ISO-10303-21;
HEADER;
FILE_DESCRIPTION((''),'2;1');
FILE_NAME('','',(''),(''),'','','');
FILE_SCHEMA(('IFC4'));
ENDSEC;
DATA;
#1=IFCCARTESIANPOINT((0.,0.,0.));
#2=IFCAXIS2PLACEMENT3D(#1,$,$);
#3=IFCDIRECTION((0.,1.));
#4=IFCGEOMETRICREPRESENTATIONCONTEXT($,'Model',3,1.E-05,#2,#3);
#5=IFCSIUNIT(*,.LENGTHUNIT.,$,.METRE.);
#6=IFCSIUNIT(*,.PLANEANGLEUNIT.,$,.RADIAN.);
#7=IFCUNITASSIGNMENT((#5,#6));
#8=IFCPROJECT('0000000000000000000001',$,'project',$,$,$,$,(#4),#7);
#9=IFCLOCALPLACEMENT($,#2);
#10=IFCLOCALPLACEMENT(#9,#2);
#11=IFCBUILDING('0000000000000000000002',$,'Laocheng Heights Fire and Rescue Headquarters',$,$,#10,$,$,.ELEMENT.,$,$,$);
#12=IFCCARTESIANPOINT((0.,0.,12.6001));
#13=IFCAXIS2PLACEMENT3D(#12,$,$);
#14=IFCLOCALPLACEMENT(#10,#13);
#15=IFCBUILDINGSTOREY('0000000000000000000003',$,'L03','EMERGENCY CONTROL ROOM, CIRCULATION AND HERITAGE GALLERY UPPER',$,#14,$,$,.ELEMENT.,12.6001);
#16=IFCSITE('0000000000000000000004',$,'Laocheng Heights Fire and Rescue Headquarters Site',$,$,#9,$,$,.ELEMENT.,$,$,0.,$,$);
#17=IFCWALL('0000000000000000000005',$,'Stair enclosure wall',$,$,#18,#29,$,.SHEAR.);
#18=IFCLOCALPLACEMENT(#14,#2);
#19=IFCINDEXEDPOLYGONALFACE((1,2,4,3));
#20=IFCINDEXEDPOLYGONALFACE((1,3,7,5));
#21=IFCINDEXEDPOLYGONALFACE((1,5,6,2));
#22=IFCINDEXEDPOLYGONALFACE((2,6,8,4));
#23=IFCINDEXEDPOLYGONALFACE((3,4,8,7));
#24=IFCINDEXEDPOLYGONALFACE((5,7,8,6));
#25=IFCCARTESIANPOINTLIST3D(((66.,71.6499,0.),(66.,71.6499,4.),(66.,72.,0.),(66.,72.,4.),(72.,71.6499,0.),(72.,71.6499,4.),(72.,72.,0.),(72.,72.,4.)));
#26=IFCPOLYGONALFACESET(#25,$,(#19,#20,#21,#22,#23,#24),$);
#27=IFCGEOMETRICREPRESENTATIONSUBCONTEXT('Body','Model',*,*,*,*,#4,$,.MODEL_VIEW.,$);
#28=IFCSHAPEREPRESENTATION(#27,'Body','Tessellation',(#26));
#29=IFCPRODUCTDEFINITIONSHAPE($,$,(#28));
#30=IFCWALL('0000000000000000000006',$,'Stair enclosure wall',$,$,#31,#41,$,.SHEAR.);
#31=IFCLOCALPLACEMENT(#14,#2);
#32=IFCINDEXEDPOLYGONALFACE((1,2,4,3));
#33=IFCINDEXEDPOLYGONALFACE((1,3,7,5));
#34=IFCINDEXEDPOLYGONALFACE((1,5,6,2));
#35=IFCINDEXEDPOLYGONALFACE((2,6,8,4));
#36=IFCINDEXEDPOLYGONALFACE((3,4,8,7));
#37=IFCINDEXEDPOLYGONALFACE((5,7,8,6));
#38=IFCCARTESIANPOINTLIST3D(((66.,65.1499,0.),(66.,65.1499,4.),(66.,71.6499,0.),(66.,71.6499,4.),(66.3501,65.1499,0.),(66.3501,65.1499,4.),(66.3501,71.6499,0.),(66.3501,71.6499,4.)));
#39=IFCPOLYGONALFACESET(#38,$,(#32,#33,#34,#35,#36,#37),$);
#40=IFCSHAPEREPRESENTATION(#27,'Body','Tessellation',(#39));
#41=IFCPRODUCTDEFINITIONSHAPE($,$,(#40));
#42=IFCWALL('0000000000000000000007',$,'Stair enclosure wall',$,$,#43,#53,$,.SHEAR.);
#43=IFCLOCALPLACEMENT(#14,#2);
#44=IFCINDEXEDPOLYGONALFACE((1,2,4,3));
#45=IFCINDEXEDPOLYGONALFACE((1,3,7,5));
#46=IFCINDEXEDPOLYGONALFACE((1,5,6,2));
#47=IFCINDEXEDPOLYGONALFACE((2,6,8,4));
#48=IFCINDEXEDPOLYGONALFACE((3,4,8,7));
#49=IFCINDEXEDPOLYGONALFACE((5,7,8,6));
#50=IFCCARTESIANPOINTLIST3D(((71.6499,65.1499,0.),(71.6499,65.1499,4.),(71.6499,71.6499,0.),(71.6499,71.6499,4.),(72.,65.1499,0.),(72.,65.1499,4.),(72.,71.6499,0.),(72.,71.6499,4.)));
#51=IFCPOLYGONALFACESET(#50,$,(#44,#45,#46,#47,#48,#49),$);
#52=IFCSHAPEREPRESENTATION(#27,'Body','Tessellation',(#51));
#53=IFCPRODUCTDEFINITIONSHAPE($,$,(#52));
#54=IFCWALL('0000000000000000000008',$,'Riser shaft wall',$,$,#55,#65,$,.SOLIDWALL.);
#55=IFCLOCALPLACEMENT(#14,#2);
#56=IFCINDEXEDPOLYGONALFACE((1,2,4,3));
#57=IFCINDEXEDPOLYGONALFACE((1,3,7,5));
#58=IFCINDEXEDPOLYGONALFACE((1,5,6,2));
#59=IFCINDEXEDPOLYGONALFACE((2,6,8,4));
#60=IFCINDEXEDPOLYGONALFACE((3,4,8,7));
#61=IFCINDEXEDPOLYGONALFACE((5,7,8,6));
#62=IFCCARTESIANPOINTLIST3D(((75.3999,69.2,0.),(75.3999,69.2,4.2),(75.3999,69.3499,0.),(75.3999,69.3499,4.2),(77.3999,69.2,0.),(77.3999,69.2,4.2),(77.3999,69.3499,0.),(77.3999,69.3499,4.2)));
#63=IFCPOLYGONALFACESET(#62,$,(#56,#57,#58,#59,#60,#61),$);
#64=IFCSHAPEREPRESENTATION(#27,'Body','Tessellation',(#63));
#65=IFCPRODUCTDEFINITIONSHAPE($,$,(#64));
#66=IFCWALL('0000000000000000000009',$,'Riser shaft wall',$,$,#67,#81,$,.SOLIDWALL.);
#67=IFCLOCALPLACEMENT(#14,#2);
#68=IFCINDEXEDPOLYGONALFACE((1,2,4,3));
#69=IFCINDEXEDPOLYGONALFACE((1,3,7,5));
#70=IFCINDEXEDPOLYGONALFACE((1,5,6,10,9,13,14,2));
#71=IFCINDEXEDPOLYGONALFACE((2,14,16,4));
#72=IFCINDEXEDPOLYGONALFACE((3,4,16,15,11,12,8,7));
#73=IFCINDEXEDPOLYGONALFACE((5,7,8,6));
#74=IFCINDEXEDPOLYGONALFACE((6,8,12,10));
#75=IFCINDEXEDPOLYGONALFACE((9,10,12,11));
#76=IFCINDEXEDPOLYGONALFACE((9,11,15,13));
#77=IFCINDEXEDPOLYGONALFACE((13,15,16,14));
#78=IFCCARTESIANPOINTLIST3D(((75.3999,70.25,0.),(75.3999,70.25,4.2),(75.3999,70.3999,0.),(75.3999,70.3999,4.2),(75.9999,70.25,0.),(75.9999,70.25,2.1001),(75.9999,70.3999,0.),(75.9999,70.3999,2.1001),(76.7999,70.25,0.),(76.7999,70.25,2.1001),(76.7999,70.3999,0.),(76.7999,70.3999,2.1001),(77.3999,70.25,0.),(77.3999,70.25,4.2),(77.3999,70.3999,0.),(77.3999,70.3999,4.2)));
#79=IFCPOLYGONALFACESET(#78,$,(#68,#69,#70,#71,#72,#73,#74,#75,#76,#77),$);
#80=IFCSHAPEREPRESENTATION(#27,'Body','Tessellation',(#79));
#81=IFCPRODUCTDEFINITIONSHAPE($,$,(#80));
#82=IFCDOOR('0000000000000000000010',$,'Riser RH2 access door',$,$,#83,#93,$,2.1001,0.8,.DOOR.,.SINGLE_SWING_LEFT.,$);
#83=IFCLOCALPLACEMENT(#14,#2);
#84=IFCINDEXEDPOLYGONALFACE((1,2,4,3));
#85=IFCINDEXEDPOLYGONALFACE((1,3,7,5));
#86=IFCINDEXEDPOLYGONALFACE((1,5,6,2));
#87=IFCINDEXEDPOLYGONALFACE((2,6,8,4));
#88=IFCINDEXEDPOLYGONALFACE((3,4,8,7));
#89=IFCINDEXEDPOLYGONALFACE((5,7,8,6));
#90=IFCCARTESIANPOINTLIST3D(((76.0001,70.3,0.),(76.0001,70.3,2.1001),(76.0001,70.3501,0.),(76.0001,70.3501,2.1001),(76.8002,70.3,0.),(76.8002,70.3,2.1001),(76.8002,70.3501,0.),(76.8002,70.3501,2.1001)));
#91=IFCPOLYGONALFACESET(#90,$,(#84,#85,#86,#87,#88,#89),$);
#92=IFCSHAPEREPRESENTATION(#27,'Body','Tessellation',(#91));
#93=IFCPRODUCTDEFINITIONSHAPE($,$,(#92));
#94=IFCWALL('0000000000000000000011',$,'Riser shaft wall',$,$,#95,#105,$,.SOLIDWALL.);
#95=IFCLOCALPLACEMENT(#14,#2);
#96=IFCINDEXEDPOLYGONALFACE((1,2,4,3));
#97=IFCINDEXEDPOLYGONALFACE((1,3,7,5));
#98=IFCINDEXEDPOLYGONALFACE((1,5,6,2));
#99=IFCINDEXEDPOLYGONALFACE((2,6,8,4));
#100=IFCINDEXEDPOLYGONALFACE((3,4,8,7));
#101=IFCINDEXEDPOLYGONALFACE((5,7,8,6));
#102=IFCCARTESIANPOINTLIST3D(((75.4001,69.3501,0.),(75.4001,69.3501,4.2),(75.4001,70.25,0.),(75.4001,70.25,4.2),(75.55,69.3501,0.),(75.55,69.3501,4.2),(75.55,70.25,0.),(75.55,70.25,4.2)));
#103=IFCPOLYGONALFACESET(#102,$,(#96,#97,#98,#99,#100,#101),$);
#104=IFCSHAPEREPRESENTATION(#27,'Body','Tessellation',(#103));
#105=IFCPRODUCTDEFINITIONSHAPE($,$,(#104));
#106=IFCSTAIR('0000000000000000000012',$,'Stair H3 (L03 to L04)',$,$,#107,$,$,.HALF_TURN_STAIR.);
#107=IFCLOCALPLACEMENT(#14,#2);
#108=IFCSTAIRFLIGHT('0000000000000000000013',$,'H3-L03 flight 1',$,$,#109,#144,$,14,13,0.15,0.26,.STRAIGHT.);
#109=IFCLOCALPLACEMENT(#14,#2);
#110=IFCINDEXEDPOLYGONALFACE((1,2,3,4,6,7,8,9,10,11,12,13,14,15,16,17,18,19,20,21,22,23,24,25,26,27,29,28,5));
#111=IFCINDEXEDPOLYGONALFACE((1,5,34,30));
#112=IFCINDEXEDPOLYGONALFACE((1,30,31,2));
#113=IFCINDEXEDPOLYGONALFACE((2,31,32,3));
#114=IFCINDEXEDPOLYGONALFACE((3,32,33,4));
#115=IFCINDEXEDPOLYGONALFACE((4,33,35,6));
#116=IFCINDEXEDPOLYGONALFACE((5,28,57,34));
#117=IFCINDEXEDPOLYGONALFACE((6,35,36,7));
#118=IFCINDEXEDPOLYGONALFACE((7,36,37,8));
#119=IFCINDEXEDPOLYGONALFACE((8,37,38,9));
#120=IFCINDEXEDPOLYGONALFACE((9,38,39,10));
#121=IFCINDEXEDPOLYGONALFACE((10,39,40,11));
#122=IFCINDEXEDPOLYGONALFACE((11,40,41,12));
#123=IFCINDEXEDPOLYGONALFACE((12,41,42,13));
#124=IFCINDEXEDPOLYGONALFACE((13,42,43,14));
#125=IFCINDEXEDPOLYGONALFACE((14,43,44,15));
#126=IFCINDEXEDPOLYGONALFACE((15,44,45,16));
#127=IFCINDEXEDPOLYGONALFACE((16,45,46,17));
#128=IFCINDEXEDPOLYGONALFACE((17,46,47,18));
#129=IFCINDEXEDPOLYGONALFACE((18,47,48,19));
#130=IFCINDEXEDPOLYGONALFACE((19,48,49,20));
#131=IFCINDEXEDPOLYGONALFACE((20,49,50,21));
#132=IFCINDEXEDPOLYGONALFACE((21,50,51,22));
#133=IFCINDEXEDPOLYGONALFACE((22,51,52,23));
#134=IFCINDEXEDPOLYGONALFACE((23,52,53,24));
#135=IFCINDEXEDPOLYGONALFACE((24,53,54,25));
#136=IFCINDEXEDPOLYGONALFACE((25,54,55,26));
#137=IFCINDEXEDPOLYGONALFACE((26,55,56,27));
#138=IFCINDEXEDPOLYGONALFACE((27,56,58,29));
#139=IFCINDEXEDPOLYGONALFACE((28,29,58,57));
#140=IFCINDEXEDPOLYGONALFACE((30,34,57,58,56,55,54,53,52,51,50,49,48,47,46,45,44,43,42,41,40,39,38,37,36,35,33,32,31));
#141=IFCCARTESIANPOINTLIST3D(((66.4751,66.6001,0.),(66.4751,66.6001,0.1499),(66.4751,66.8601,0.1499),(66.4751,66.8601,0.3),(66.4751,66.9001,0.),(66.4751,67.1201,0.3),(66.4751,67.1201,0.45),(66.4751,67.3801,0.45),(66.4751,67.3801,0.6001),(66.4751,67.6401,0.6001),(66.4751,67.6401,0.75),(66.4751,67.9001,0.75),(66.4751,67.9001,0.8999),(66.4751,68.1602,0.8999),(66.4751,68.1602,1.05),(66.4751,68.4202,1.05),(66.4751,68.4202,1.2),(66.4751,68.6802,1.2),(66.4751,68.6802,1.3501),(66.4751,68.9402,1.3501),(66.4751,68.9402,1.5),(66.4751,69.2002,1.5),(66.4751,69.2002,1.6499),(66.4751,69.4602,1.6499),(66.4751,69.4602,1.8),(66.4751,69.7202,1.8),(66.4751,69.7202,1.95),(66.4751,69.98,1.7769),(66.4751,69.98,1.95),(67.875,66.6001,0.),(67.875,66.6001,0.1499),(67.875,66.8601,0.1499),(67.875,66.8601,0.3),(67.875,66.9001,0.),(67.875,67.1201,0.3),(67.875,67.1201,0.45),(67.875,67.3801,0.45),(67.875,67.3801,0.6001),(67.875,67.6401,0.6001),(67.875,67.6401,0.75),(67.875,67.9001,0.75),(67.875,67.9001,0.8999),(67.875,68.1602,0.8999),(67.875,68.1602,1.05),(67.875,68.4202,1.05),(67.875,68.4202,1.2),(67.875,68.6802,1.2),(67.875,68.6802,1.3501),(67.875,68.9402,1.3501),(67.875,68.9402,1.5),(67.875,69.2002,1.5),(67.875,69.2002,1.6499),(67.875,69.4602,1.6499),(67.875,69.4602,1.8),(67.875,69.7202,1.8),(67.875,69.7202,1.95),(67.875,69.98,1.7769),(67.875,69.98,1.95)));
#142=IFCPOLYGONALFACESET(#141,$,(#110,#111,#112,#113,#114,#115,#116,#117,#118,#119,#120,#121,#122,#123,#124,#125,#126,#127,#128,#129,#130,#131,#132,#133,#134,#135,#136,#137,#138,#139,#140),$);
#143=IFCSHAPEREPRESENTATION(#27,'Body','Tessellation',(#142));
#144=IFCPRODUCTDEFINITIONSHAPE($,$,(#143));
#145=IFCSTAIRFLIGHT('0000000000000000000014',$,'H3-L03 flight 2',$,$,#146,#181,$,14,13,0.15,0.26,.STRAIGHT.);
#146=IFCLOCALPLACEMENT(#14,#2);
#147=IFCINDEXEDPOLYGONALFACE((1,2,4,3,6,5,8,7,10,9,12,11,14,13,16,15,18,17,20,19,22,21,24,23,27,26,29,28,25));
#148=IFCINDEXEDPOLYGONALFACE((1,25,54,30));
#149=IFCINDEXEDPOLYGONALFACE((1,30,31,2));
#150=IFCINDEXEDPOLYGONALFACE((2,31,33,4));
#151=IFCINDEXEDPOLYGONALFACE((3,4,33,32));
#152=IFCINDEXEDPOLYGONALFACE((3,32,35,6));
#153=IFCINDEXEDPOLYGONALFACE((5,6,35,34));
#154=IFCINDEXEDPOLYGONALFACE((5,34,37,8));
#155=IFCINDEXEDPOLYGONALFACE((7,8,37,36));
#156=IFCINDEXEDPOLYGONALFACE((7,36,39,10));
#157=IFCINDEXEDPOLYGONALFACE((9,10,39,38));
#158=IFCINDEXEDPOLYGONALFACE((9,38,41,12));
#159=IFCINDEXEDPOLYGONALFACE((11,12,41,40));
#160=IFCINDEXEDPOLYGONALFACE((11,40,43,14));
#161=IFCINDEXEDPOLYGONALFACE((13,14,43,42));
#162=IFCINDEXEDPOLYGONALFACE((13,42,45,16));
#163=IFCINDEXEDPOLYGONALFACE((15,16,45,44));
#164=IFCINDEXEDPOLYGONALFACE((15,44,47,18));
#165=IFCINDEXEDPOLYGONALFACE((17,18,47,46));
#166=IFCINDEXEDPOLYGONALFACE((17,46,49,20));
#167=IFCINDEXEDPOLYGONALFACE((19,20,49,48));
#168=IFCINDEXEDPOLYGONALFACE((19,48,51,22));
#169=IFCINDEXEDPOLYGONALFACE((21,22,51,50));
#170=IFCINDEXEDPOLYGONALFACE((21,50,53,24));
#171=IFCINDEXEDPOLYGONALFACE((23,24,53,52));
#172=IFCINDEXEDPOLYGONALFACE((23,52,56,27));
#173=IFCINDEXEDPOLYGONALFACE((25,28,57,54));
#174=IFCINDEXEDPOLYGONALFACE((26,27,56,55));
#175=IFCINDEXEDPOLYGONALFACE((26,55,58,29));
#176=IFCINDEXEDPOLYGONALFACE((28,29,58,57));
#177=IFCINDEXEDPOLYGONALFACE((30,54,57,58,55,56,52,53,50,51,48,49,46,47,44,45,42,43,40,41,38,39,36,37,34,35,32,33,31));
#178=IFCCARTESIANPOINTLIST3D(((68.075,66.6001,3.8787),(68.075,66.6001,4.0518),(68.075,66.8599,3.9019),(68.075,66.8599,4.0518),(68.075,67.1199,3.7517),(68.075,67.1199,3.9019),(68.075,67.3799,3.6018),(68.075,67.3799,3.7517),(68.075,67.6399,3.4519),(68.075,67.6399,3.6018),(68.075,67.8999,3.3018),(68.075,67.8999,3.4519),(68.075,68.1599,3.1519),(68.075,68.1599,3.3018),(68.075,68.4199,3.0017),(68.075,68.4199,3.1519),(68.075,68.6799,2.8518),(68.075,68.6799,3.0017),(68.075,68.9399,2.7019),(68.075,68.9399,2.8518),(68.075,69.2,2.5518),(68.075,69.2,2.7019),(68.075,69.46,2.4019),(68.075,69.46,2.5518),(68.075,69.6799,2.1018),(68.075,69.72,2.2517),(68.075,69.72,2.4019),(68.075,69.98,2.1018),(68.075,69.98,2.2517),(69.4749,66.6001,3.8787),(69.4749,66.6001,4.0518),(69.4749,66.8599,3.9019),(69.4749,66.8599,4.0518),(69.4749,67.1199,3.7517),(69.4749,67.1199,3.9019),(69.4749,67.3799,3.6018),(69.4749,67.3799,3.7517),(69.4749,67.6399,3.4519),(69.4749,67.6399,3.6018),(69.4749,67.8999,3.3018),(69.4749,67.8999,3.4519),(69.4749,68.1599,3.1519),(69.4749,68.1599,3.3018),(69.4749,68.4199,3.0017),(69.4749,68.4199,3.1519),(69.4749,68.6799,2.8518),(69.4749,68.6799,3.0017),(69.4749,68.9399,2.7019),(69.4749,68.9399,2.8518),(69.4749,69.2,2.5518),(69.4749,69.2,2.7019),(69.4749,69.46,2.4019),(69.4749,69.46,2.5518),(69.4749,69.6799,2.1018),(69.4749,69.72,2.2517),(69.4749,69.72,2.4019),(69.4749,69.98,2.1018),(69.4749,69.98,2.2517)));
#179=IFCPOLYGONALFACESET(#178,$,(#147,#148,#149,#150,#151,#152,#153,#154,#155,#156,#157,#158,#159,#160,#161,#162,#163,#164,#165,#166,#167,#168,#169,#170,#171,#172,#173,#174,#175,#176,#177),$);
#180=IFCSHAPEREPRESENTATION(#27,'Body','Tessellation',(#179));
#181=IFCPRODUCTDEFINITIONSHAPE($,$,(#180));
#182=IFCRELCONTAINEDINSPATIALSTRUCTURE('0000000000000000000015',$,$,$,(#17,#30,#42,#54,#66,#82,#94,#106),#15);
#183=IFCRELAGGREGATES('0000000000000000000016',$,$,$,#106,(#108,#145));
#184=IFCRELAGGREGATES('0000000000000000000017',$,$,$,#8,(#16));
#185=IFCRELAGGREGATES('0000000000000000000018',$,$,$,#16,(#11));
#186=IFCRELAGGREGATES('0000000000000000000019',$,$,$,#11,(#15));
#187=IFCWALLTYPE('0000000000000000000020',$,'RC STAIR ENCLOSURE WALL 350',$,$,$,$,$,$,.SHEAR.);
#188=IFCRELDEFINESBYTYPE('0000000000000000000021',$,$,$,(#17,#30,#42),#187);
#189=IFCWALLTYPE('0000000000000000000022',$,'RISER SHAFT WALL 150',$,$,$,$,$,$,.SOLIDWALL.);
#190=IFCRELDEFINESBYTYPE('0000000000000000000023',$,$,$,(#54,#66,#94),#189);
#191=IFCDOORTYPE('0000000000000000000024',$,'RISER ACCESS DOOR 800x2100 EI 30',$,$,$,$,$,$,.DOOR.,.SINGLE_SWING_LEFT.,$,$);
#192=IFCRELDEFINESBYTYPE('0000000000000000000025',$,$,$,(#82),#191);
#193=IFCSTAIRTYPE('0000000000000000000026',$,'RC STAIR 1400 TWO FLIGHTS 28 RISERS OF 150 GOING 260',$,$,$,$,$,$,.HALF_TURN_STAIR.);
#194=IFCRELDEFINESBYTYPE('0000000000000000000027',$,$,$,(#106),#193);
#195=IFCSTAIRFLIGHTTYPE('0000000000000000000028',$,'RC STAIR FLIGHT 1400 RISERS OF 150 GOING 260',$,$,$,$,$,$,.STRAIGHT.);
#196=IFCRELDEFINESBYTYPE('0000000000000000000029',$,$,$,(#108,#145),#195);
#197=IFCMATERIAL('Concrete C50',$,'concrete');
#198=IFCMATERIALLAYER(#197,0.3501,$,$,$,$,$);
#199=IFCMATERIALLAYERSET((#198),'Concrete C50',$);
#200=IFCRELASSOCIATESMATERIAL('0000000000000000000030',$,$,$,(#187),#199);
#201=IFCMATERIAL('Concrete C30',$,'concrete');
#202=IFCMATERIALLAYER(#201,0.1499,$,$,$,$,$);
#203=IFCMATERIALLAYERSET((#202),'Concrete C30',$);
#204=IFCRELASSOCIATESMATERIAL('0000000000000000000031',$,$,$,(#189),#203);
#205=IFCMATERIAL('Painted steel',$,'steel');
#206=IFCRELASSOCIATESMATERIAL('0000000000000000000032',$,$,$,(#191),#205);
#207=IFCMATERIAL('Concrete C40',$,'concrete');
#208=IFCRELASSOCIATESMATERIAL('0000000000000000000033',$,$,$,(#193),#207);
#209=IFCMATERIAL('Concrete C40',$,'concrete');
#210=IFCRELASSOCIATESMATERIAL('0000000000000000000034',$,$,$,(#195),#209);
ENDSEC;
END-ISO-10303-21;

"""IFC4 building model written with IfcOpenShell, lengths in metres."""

from ifc_helpers import new_model, si_unit, direction, frame, frame_2d, origin, place, context, subcontext, project, spatial, polyline, rectangle, outline, extrude, material, layer, layer_set, type_object, element, fill, aggregate, save


model = new_model("IFC4")

# Units and contexts
model_context = context("Model", 3, precision=1e-05, world=origin(), true_north=direction((0.0, 1.0)))
body_context = subcontext(model_context, "Body", "Model", "MODEL_VIEW")
ifc_project = project(units=[si_unit("LENGTHUNIT", "METRE"), si_unit("PLANEANGLEUNIT", "RADIAN")], contexts=[model_context])

# Site, building, storey
site_placement = place(None, origin())
site = spatial("IfcSite", under=ifc_project, at=site_placement, Name="Laocheng Heights Fire and Rescue Headquarters Site", CompositionType="ELEMENT", RefElevation=0.0)
building_placement = place(site_placement, origin())
building = spatial("IfcBuilding", under=site, at=building_placement, Name="Laocheng Heights Fire and Rescue Headquarters", CompositionType="ELEMENT")
storey_placement = place(building_placement, frame((0.0, 0.0, 12.6001)))
storey = spatial("IfcBuildingStorey", under=building, at=storey_placement, Name="L03", Description="EMERGENCY CONTROL ROOM, CIRCULATION AND HERITAGE GALLERY UPPER", CompositionType="ELEMENT", Elevation=12.6001)

# Walls
ifc_material_1 = material(Name="Concrete C50", Category="concrete")
ifc_layer_1 = layer(ifc_material_1, 0.3501)
ifc_layer_set_1 = layer_set([ifc_layer_1], Name="Concrete C50")
wall_type_1 = type_object("IfcWallType", Name="RC STAIR ENCLOSURE WALL 350", PredefinedType="SHEAR", material=ifc_layer_set_1)
wall_1_placement = place(storey_placement, frame((66.0, 71.825, 0.0), z_axis=(0.0, 0.0, 1.0), x_axis=(1.0, 0.0, 0.0)))
element("IfcWall", 1, at=wall_1_placement, inside=storey, type_object=wall_type_1, Name="Stair enclosure wall", PredefinedType="SHEAR", context=body_context, shape_type="SweptSolid", body=[
    extrude(rectangle(XDim=6.0, YDim=0.3501, at=frame_2d((3.0, 0.0))), origin(), (0.0, 0.0, 1.0), 4.0),
])
for number, where, z_axis, x_axis, name in (
    (2, (66.175, 65.1499, 0.0), (0.0, 0.0, 1.0), (0.0, 1.0, 0.0), "Stair enclosure wall"),
    (3, (71.825, 65.1499, 0.0), (0.0, 0.0, 1.0), (0.0, 1.0, 0.0), "Stair enclosure wall"),
):
    element("IfcWall", number, at=place(storey_placement, frame(where, z_axis=z_axis, x_axis=x_axis)), inside=storey, type_object=wall_type_1, Name=name, PredefinedType="SHEAR", context=body_context, shape_type="SweptSolid", body=[
        extrude(rectangle(XDim=6.5, YDim=0.3501, at=frame_2d((3.25, 0.0))), origin(), (0.0, 0.0, 1.0), 4.0),
    ])
ifc_material_2 = material(Name="Concrete C30", Category="concrete")
ifc_layer_2 = layer(ifc_material_2, 0.1499)
ifc_layer_set_2 = layer_set([ifc_layer_2], Name="Concrete C30")
wall_type_2 = type_object("IfcWallType", Name="RISER SHAFT WALL 150", PredefinedType="SOLIDWALL", material=ifc_layer_set_2)
wall_2_placement = place(storey_placement, frame((75.3999, 69.2749, 0.0), z_axis=(0.0, 0.0, 1.0), x_axis=(1.0, 0.0, 0.0)))
element("IfcWall", 4, at=wall_2_placement, inside=storey, type_object=wall_type_2, Name="Riser shaft wall", PredefinedType="SOLIDWALL", context=body_context, shape_type="SweptSolid", body=[
    extrude(rectangle(XDim=2.0, YDim=0.1499, at=frame_2d((1.0, 0.0))), origin(), (0.0, 0.0, 1.0), 4.2),
])

# Wall, opening, door
wall_3_placement = place(storey_placement, frame((75.3999, 70.325, 0.0), z_axis=(0.0, 0.0, 1.0), x_axis=(1.0, 0.0, 0.0)))
wall_3 = element("IfcWall", 5, at=wall_3_placement, inside=storey, type_object=wall_type_2, Name="Riser shaft wall", PredefinedType="SOLIDWALL", context=body_context, shape_type="SweptSolid", body=[
    extrude(rectangle(XDim=2.0, YDim=0.1499, at=frame_2d((1.0, 0.0))), origin(), (0.0, 0.0, 1.0), 4.2),
])
opening_placement = place(wall_3_placement, frame((0.6001, 0.0, 0.0)))
opening = element("IfcOpeningElement", 6, at=opening_placement, cuts=wall_3, PredefinedType="OPENING", context=body_context, shape_type="SweptSolid", body=[
    extrude(rectangle(XDim=0.8, YDim=2.1001, at=frame_2d((0.3999, 1.05))), frame((0.0, 0.085, 0.0), z_axis=(0.0, -1.0, 0.0), x_axis=(1.0, 0.0, 0.0)), (0.0, 0.0, 1.0), 0.1699),
])
ifc_material_3 = material(Name="Painted steel", Category="steel")
door_type = type_object("IfcDoorType", Name="RISER ACCESS DOOR 800x2100 EI 30", OperationType="SINGLE_SWING_LEFT", PredefinedType="DOOR", material=ifc_material_3)
door_placement = place(opening_placement, frame((0.8, 0.0, 0.0), z_axis=(0.0, 0.0, 1.0), x_axis=(-1.0, 0.0, 0.0)))
door = element("IfcDoor", 7, at=door_placement, inside=storey, type_object=door_type, Name="Riser RH2 access door", OperationType="SINGLE_SWING_LEFT", OverallHeight=2.1001, OverallWidth=0.8, PredefinedType="DOOR", context=body_context, shape_type="SweptSolid", body=[
    extrude(rectangle(XDim=0.8, YDim=2.1001, at=frame_2d((0.3999, 1.05))), frame((0.0, 0.0249, 0.0), z_axis=(0.0, -1.0, 0.0), x_axis=(1.0, 0.0, 0.0)), (0.0, 0.0, 1.0), 0.05),
])
fill(opening, door)

# Wall
wall_4_placement = place(storey_placement, frame((75.4751, 69.3501, 0.0), z_axis=(0.0, 0.0, 1.0), x_axis=(0.0, 1.0, 0.0)))
element("IfcWall", 8, at=wall_4_placement, inside=storey, type_object=wall_type_2, Name="Riser shaft wall", PredefinedType="SOLIDWALL", context=body_context, shape_type="SweptSolid", body=[
    extrude(rectangle(XDim=0.8999, YDim=0.1499, at=frame_2d((0.45, 0.0))), origin(), (0.0, 0.0, 1.0), 4.2),
])

# Stair, stair flights
ifc_material_4 = material(Name="Concrete C40", Category="concrete")
stair_type = type_object("IfcStairType", Name="RC STAIR 1400 TWO FLIGHTS 28 RISERS OF 150 GOING 260", PredefinedType="HALF_TURN_STAIR", material=ifc_material_4)
stair_placement = place(storey_placement, origin())
stair = element("IfcStair", 9, at=stair_placement, inside=storey, type_object=stair_type, Name="Stair H3 (L03 to L04)", PredefinedType="HALF_TURN_STAIR")
ifc_material_5 = material(Name="Concrete C40", Category="concrete")
stair_flight_type = type_object("IfcStairFlightType", Name="RC STAIR FLIGHT 1400 RISERS OF 150 GOING 260", PredefinedType="STRAIGHT", material=ifc_material_5)
stair_flight_1_placement = place(storey_placement, frame((67.175, 66.6001, 0.0), z_axis=(0.0, 0.0, 1.0), x_axis=(0.0, 1.0, 0.0)))
stair_flight_1 = element("IfcStairFlight", 10, at=stair_flight_1_placement, type_object=stair_flight_type, Name="H3-L03 flight 1", NumberOfRisers=14, NumberOfTreads=13, PredefinedType="STRAIGHT", RiserHeight=0.15, TreadLength=0.26, context=body_context, shape_type="SweptSolid", body=[
    extrude(outline(polyline([(0.0, 0.0), (0.0, 0.1499), (0.26, 0.1499), (0.26, 0.3), (0.52, 0.3), (0.52, 0.45), (0.78, 0.45), (0.78, 0.6001), (1.04, 0.6001), (1.04, 0.75), (1.3, 0.75), (1.3, 0.8999), (1.5601, 0.8999), (1.5601, 1.05), (1.8201, 1.05), (1.8201, 1.2), (2.0801, 1.2), (2.0801, 1.3501), (2.3401, 1.3501), (2.3401, 1.5), (2.6001, 1.5), (2.6001, 1.6499), (2.8601, 1.6499), (2.8601, 1.8), (3.1201, 1.8), (3.1201, 1.95), (3.3799, 1.95), (3.3799, 2.1001), (3.3799, 1.7769), (0.3, 0.0), (0.0, 0.0)])), frame((0.0, 0.7, 0.0), z_axis=(0.0, -1.0, 0.0), x_axis=(1.0, 0.0, 0.0)), (0.0, 0.0, 1.0), 1.3999),
])
stair_flight_2_placement = place(storey_placement, frame((68.7749, 69.98, 2.1018), z_axis=(0.0, 0.0, 1.0), x_axis=(0.0, -1.0, 0.0)))
stair_flight_2 = element("IfcStairFlight", 11, at=stair_flight_2_placement, type_object=stair_flight_type, Name="H3-L03 flight 2", NumberOfRisers=14, NumberOfTreads=13, PredefinedType="STRAIGHT", RiserHeight=0.15, TreadLength=0.26, context=body_context, shape_type="SweptSolid", body=[
    extrude(outline(polyline([(0.0, 0.0), (0.0, 0.1499), (0.26, 0.1499), (0.26, 0.3), (0.52, 0.3), (0.52, 0.45), (0.78, 0.45), (0.78, 0.6001), (1.04, 0.6001), (1.04, 0.75), (1.3, 0.75), (1.3, 0.8999), (1.5601, 0.8999), (1.5601, 1.05), (1.8201, 1.05), (1.8201, 1.2), (2.0801, 1.2), (2.0801, 1.3501), (2.3401, 1.3501), (2.3401, 1.5), (2.6001, 1.5), (2.6001, 1.6499), (2.8601, 1.6499), (2.8601, 1.8), (3.1201, 1.8), (3.1201, 1.95), (3.3799, 1.95), (3.3799, 2.1001), (3.3799, 1.7769), (0.3, 0.0), (0.0, 0.0)])), frame((0.0, 0.7, 0.0), z_axis=(0.0, -1.0, 0.0), x_axis=(1.0, 0.0, 0.0)), (0.0, 0.0, 1.0), 1.3999),
])
aggregate(stair, [stair_flight_1, stair_flight_2])

save(model, "model.ifc")
